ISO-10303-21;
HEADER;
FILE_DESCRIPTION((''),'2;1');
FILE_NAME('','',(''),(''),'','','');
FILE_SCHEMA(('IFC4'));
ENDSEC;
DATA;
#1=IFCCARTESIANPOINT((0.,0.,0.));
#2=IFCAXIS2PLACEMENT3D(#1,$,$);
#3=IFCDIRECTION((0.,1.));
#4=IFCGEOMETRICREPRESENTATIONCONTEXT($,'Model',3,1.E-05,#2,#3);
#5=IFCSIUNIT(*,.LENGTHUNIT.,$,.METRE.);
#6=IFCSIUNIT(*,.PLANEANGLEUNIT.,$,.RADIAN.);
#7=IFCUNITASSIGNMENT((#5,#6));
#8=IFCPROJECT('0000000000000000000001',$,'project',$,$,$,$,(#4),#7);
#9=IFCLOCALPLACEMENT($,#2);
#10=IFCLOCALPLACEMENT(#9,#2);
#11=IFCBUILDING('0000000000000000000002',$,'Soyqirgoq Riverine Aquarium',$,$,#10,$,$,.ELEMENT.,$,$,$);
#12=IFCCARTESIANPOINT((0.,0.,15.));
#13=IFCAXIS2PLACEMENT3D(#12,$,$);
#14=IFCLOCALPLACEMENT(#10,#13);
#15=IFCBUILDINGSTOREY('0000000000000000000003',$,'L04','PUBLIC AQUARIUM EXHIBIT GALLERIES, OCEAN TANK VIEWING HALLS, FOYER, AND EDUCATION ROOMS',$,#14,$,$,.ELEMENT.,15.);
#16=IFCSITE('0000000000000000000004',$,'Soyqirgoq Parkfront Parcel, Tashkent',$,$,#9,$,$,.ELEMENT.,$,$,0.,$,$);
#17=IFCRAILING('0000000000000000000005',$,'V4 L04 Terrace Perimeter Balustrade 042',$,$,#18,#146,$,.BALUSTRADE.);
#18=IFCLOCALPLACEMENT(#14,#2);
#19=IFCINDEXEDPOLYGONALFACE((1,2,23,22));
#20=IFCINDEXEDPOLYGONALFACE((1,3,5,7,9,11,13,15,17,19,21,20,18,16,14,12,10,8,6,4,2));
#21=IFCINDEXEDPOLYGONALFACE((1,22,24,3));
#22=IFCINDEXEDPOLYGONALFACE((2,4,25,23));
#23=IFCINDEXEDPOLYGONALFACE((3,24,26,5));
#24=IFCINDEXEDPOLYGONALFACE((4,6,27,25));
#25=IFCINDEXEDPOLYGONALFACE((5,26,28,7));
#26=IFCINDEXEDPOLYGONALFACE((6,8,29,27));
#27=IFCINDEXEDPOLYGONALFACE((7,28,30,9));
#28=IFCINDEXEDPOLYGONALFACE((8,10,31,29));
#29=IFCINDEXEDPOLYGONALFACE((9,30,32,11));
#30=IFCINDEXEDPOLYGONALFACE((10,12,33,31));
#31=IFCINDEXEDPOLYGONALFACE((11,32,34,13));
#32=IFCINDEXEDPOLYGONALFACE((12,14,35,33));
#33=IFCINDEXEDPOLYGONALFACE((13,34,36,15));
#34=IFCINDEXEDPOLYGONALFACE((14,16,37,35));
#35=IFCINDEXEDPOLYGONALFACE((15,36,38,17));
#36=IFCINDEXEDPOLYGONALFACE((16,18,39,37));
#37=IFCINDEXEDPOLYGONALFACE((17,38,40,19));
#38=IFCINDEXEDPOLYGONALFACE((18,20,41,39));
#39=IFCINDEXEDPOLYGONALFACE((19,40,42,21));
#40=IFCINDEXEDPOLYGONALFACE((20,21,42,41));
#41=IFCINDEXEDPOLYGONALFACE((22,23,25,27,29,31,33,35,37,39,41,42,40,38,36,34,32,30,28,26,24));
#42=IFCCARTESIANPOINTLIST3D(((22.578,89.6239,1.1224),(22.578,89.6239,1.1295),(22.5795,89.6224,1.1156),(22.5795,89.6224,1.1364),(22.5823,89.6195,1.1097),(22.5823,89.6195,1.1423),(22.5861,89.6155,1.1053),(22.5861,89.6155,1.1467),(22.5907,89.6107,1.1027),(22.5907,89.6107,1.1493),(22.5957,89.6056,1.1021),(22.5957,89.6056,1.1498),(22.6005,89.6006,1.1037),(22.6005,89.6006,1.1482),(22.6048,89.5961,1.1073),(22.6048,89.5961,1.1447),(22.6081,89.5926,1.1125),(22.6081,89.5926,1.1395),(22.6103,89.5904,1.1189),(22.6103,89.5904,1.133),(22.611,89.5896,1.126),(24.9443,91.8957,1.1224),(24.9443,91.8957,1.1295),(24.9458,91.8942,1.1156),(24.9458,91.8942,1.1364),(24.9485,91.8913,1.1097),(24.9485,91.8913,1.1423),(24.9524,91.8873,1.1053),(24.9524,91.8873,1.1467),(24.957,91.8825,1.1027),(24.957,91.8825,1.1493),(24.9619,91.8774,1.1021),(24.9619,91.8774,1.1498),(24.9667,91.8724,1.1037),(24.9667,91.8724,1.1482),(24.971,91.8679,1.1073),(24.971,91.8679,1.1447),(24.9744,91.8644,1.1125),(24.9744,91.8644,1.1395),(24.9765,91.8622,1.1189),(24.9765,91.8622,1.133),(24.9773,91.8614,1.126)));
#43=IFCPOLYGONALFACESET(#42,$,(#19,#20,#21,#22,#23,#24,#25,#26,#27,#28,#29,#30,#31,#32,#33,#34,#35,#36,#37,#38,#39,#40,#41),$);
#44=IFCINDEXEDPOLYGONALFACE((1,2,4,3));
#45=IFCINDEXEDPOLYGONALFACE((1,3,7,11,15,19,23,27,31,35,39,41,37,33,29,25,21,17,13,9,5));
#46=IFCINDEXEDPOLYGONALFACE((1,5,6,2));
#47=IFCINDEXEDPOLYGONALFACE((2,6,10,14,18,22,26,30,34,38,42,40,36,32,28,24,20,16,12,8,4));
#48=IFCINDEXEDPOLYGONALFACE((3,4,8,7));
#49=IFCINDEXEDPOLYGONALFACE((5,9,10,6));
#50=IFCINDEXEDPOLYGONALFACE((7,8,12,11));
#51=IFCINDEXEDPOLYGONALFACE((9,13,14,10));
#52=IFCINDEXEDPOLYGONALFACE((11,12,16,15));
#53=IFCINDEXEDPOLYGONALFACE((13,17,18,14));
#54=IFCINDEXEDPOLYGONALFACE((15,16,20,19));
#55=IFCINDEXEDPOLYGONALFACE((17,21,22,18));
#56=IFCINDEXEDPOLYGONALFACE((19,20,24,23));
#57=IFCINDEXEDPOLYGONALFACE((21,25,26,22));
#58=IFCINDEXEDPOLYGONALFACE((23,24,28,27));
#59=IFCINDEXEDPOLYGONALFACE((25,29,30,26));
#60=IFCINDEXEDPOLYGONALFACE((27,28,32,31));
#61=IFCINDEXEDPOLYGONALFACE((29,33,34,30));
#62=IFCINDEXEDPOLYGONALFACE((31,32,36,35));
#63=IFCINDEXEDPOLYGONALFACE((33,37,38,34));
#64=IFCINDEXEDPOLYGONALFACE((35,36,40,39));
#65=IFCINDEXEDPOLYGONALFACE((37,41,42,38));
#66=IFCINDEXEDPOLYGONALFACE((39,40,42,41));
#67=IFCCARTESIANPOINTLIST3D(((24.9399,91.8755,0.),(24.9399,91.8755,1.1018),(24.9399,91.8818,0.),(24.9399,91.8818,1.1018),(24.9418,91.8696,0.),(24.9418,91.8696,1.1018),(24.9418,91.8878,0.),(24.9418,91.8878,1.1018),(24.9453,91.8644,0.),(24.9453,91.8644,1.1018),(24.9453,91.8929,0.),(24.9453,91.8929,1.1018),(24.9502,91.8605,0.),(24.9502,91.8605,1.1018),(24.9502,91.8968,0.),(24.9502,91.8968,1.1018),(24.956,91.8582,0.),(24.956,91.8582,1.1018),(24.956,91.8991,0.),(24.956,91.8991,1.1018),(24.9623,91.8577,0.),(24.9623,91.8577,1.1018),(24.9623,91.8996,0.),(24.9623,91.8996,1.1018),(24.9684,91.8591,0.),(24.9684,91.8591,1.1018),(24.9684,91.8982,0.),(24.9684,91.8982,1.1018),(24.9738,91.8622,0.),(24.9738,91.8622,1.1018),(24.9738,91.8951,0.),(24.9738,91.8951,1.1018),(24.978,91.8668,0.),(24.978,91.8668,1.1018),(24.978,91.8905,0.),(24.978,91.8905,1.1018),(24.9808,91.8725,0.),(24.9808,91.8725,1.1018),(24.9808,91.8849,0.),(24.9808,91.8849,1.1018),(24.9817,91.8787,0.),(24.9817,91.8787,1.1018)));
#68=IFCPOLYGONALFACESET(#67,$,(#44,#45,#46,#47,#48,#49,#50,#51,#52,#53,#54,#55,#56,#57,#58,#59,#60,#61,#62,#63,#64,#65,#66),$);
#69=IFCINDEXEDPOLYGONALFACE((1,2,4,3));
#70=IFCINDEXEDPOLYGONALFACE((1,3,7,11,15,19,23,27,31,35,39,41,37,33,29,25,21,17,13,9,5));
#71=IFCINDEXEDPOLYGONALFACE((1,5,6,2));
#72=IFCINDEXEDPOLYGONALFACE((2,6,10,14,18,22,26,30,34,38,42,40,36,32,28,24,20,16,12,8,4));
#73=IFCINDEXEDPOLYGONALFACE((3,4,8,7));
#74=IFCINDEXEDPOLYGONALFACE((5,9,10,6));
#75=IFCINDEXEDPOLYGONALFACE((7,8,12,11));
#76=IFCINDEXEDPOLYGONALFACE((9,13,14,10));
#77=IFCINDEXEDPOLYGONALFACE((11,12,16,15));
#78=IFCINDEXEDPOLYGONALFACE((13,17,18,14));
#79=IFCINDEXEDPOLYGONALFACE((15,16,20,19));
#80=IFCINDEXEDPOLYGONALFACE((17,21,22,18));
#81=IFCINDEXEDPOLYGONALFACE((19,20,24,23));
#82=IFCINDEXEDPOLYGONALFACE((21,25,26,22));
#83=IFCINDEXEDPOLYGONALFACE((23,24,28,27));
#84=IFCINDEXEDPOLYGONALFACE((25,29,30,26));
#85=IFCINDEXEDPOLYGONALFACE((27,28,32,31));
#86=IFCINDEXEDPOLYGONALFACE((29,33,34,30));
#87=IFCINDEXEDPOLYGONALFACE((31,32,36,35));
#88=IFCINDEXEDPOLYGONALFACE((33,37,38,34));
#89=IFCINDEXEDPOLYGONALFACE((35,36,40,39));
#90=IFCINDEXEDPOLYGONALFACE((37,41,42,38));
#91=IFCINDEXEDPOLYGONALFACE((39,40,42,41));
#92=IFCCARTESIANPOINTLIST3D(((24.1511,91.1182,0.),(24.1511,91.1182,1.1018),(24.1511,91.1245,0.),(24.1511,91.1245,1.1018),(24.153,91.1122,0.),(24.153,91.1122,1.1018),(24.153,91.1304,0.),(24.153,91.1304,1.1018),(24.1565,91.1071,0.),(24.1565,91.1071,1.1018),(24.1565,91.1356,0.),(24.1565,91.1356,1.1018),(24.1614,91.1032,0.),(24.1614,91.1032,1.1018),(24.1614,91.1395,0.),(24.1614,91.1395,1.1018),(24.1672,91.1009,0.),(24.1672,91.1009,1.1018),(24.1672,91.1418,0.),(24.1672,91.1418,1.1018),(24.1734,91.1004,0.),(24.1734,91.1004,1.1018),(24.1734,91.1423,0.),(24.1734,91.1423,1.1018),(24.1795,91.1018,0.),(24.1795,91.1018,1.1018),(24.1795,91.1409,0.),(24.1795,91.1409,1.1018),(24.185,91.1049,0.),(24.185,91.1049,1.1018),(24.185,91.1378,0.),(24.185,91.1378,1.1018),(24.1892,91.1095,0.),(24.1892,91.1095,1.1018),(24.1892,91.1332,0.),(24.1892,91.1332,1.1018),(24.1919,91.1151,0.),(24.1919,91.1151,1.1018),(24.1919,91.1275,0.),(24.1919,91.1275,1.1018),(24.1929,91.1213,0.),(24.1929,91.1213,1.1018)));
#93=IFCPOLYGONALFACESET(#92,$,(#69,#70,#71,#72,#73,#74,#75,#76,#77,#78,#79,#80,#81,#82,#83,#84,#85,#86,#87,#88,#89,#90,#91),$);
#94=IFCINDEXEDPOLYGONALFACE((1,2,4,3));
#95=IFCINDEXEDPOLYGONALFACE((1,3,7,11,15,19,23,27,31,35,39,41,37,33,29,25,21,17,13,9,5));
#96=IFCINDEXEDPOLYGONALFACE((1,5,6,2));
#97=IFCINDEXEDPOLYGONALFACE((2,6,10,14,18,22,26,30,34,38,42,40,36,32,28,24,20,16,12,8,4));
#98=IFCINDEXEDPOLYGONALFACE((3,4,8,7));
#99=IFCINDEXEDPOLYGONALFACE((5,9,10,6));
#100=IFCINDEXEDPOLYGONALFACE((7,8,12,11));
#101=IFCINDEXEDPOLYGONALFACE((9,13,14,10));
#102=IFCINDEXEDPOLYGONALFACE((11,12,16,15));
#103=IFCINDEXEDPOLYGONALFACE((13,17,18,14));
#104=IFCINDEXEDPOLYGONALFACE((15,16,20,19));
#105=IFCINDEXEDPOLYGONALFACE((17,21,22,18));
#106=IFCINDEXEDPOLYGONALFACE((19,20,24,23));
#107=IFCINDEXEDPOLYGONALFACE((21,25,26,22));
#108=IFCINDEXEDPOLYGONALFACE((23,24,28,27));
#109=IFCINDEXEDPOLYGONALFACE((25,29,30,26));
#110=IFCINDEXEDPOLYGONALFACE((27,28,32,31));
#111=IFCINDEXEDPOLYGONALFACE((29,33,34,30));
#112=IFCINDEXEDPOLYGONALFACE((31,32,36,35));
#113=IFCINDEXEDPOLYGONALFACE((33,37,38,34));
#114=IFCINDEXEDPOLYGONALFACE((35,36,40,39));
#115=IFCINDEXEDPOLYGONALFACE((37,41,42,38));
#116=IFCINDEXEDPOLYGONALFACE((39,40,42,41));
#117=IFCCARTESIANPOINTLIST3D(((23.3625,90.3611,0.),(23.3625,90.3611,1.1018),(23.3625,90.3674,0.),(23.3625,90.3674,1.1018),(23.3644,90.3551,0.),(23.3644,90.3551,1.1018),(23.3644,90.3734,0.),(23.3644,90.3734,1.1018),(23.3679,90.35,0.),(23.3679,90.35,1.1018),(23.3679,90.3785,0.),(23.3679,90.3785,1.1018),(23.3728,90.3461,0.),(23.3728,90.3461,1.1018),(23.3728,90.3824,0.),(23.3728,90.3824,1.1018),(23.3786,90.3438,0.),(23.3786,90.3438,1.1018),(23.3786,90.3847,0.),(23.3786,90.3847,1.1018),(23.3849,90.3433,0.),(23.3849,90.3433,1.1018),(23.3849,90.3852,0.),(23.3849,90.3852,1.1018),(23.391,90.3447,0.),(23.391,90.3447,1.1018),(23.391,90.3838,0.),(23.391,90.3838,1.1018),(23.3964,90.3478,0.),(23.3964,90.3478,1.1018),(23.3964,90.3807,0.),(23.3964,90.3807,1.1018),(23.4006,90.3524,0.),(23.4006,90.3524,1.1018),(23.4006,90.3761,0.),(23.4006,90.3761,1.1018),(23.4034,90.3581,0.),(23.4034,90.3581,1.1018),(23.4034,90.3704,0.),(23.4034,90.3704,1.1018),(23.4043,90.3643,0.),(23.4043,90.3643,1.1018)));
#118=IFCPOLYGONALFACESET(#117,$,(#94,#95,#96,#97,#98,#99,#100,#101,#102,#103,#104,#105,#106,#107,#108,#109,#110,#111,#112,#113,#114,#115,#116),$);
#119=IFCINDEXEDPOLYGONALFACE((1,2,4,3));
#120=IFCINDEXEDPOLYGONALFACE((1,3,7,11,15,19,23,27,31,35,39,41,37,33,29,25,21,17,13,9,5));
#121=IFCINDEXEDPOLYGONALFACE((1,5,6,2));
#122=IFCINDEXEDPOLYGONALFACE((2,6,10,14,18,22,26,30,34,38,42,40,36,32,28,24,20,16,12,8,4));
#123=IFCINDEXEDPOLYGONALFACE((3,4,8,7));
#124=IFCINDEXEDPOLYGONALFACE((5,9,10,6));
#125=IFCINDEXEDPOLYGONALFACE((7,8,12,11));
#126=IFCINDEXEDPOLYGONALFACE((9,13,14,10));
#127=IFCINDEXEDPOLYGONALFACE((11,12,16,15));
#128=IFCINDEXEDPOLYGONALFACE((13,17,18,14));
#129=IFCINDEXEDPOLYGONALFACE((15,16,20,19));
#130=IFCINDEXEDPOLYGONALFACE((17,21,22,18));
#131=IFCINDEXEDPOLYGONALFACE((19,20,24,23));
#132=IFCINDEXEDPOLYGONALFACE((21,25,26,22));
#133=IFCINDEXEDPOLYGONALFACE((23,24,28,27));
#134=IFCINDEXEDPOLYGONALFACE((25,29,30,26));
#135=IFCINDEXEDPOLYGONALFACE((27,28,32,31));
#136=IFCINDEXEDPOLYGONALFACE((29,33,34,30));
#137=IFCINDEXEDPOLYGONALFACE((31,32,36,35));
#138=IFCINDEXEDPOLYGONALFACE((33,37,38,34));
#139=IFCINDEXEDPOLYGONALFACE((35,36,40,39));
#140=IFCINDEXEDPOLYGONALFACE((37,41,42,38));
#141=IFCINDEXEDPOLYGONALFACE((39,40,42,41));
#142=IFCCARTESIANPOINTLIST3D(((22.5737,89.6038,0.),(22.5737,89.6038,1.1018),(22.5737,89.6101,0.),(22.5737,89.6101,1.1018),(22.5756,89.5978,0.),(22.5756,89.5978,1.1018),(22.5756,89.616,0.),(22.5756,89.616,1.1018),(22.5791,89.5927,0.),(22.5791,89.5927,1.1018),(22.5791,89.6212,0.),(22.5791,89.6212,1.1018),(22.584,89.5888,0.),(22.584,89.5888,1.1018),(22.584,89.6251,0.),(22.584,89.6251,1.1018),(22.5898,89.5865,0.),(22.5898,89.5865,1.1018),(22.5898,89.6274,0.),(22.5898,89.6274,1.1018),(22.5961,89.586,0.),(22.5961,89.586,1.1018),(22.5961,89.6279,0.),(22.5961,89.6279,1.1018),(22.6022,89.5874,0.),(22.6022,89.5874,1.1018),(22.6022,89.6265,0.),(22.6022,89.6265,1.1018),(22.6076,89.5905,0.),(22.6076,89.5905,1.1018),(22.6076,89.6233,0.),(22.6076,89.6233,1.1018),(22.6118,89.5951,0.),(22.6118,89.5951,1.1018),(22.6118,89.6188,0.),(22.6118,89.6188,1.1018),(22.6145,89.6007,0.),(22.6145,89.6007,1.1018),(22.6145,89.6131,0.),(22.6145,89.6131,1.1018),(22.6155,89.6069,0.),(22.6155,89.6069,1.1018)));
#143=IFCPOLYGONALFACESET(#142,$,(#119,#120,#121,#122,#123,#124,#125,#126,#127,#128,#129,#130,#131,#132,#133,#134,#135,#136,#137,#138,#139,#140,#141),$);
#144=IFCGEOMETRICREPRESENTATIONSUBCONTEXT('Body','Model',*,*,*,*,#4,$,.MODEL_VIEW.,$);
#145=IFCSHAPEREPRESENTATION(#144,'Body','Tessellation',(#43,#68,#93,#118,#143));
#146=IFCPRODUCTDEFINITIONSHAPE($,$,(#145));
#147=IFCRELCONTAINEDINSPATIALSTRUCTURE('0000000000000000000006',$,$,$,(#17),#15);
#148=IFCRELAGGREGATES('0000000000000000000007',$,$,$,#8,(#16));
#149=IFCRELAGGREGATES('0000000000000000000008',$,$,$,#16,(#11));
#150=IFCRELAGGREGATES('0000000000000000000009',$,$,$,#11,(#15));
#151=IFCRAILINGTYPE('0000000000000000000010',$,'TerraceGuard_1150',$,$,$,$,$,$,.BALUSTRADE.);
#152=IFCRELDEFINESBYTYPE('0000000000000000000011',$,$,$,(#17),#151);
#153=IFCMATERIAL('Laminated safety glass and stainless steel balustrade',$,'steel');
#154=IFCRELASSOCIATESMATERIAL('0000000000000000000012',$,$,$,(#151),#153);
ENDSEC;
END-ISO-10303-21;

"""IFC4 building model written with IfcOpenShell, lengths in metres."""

from ifc_helpers import new_model, si_unit, direction, frame, origin, origin_2d, place, context, subcontext, project, spatial, circle, extrude, material, type_object, element, save


model = new_model("IFC4")

# Units and contexts
model_context = context("Model", 3, precision=1e-05, world=origin(), true_north=direction((0.0, 1.0)))
body_context = subcontext(model_context, "Body", "Model", "MODEL_VIEW")
ifc_project = project(units=[si_unit("LENGTHUNIT", "METRE"), si_unit("PLANEANGLEUNIT", "RADIAN")], contexts=[model_context])

# Site, building, storey
site_placement = place(None, origin())
site = spatial("IfcSite", under=ifc_project, at=site_placement, Name="Soyqirgoq Parkfront Parcel, Tashkent", CompositionType="ELEMENT", RefElevation=0.0)
building_placement = place(site_placement, origin())
building = spatial("IfcBuilding", under=site, at=building_placement, Name="Soyqirgoq Riverine Aquarium", CompositionType="ELEMENT")
storey_placement = place(building_placement, frame((0.0, 0.0, 15.0)))
storey = spatial("IfcBuildingStorey", under=building, at=storey_placement, Name="L04", Description="PUBLIC AQUARIUM EXHIBIT GALLERIES, OCEAN TANK VIEWING HALLS, FOYER, AND EDUCATION ROOMS", CompositionType="ELEMENT", Elevation=15.0)

# Railing
ifc_material_1 = material(Name="Laminated safety glass and stainless steel balustrade", Category="steel")
railing_type = type_object("IfcRailingType", Name="TerraceGuard_1150", PredefinedType="BALUSTRADE", material=ifc_material_1)
railing_1_placement = place(storey_placement, frame((24.9607, 91.8787, 0.0)))
element("IfcRailing", 1, at=railing_1_placement, inside=storey, type_object=railing_type, Name="V4 L04 Terrace Perimeter Balustrade 042", PredefinedType="BALUSTRADE", context=body_context, shape_type="SweptSolid", body=[
    extrude(circle(Radius=0.0239, at=origin_2d()), frame((0.0, 0.0, 1.126), z_axis=(-0.721362, -0.692558, 0.0), x_axis=(0.692558, -0.721362, 0.0)), (0.0, 0.0, 1.0), 3.2803),
    extrude(circle(Radius=0.021, at=origin_2d()), origin(), (0.0, 0.0, 1.0), 1.1018),
    extrude(circle(Radius=0.021, at=origin_2d()), frame((-0.7888, -0.7573, 0.0)), (0.0, 0.0, 1.0), 1.1018),
    extrude(circle(Radius=0.021, at=origin_2d()), frame((-1.5774, -1.5144, 0.0)), (0.0, 0.0, 1.0), 1.1018),
    extrude(circle(Radius=0.021, at=origin_2d()), frame((-2.3662, -2.2717, 0.0)), (0.0, 0.0, 1.0), 1.1018),
])

save(model, "model.ifc")
